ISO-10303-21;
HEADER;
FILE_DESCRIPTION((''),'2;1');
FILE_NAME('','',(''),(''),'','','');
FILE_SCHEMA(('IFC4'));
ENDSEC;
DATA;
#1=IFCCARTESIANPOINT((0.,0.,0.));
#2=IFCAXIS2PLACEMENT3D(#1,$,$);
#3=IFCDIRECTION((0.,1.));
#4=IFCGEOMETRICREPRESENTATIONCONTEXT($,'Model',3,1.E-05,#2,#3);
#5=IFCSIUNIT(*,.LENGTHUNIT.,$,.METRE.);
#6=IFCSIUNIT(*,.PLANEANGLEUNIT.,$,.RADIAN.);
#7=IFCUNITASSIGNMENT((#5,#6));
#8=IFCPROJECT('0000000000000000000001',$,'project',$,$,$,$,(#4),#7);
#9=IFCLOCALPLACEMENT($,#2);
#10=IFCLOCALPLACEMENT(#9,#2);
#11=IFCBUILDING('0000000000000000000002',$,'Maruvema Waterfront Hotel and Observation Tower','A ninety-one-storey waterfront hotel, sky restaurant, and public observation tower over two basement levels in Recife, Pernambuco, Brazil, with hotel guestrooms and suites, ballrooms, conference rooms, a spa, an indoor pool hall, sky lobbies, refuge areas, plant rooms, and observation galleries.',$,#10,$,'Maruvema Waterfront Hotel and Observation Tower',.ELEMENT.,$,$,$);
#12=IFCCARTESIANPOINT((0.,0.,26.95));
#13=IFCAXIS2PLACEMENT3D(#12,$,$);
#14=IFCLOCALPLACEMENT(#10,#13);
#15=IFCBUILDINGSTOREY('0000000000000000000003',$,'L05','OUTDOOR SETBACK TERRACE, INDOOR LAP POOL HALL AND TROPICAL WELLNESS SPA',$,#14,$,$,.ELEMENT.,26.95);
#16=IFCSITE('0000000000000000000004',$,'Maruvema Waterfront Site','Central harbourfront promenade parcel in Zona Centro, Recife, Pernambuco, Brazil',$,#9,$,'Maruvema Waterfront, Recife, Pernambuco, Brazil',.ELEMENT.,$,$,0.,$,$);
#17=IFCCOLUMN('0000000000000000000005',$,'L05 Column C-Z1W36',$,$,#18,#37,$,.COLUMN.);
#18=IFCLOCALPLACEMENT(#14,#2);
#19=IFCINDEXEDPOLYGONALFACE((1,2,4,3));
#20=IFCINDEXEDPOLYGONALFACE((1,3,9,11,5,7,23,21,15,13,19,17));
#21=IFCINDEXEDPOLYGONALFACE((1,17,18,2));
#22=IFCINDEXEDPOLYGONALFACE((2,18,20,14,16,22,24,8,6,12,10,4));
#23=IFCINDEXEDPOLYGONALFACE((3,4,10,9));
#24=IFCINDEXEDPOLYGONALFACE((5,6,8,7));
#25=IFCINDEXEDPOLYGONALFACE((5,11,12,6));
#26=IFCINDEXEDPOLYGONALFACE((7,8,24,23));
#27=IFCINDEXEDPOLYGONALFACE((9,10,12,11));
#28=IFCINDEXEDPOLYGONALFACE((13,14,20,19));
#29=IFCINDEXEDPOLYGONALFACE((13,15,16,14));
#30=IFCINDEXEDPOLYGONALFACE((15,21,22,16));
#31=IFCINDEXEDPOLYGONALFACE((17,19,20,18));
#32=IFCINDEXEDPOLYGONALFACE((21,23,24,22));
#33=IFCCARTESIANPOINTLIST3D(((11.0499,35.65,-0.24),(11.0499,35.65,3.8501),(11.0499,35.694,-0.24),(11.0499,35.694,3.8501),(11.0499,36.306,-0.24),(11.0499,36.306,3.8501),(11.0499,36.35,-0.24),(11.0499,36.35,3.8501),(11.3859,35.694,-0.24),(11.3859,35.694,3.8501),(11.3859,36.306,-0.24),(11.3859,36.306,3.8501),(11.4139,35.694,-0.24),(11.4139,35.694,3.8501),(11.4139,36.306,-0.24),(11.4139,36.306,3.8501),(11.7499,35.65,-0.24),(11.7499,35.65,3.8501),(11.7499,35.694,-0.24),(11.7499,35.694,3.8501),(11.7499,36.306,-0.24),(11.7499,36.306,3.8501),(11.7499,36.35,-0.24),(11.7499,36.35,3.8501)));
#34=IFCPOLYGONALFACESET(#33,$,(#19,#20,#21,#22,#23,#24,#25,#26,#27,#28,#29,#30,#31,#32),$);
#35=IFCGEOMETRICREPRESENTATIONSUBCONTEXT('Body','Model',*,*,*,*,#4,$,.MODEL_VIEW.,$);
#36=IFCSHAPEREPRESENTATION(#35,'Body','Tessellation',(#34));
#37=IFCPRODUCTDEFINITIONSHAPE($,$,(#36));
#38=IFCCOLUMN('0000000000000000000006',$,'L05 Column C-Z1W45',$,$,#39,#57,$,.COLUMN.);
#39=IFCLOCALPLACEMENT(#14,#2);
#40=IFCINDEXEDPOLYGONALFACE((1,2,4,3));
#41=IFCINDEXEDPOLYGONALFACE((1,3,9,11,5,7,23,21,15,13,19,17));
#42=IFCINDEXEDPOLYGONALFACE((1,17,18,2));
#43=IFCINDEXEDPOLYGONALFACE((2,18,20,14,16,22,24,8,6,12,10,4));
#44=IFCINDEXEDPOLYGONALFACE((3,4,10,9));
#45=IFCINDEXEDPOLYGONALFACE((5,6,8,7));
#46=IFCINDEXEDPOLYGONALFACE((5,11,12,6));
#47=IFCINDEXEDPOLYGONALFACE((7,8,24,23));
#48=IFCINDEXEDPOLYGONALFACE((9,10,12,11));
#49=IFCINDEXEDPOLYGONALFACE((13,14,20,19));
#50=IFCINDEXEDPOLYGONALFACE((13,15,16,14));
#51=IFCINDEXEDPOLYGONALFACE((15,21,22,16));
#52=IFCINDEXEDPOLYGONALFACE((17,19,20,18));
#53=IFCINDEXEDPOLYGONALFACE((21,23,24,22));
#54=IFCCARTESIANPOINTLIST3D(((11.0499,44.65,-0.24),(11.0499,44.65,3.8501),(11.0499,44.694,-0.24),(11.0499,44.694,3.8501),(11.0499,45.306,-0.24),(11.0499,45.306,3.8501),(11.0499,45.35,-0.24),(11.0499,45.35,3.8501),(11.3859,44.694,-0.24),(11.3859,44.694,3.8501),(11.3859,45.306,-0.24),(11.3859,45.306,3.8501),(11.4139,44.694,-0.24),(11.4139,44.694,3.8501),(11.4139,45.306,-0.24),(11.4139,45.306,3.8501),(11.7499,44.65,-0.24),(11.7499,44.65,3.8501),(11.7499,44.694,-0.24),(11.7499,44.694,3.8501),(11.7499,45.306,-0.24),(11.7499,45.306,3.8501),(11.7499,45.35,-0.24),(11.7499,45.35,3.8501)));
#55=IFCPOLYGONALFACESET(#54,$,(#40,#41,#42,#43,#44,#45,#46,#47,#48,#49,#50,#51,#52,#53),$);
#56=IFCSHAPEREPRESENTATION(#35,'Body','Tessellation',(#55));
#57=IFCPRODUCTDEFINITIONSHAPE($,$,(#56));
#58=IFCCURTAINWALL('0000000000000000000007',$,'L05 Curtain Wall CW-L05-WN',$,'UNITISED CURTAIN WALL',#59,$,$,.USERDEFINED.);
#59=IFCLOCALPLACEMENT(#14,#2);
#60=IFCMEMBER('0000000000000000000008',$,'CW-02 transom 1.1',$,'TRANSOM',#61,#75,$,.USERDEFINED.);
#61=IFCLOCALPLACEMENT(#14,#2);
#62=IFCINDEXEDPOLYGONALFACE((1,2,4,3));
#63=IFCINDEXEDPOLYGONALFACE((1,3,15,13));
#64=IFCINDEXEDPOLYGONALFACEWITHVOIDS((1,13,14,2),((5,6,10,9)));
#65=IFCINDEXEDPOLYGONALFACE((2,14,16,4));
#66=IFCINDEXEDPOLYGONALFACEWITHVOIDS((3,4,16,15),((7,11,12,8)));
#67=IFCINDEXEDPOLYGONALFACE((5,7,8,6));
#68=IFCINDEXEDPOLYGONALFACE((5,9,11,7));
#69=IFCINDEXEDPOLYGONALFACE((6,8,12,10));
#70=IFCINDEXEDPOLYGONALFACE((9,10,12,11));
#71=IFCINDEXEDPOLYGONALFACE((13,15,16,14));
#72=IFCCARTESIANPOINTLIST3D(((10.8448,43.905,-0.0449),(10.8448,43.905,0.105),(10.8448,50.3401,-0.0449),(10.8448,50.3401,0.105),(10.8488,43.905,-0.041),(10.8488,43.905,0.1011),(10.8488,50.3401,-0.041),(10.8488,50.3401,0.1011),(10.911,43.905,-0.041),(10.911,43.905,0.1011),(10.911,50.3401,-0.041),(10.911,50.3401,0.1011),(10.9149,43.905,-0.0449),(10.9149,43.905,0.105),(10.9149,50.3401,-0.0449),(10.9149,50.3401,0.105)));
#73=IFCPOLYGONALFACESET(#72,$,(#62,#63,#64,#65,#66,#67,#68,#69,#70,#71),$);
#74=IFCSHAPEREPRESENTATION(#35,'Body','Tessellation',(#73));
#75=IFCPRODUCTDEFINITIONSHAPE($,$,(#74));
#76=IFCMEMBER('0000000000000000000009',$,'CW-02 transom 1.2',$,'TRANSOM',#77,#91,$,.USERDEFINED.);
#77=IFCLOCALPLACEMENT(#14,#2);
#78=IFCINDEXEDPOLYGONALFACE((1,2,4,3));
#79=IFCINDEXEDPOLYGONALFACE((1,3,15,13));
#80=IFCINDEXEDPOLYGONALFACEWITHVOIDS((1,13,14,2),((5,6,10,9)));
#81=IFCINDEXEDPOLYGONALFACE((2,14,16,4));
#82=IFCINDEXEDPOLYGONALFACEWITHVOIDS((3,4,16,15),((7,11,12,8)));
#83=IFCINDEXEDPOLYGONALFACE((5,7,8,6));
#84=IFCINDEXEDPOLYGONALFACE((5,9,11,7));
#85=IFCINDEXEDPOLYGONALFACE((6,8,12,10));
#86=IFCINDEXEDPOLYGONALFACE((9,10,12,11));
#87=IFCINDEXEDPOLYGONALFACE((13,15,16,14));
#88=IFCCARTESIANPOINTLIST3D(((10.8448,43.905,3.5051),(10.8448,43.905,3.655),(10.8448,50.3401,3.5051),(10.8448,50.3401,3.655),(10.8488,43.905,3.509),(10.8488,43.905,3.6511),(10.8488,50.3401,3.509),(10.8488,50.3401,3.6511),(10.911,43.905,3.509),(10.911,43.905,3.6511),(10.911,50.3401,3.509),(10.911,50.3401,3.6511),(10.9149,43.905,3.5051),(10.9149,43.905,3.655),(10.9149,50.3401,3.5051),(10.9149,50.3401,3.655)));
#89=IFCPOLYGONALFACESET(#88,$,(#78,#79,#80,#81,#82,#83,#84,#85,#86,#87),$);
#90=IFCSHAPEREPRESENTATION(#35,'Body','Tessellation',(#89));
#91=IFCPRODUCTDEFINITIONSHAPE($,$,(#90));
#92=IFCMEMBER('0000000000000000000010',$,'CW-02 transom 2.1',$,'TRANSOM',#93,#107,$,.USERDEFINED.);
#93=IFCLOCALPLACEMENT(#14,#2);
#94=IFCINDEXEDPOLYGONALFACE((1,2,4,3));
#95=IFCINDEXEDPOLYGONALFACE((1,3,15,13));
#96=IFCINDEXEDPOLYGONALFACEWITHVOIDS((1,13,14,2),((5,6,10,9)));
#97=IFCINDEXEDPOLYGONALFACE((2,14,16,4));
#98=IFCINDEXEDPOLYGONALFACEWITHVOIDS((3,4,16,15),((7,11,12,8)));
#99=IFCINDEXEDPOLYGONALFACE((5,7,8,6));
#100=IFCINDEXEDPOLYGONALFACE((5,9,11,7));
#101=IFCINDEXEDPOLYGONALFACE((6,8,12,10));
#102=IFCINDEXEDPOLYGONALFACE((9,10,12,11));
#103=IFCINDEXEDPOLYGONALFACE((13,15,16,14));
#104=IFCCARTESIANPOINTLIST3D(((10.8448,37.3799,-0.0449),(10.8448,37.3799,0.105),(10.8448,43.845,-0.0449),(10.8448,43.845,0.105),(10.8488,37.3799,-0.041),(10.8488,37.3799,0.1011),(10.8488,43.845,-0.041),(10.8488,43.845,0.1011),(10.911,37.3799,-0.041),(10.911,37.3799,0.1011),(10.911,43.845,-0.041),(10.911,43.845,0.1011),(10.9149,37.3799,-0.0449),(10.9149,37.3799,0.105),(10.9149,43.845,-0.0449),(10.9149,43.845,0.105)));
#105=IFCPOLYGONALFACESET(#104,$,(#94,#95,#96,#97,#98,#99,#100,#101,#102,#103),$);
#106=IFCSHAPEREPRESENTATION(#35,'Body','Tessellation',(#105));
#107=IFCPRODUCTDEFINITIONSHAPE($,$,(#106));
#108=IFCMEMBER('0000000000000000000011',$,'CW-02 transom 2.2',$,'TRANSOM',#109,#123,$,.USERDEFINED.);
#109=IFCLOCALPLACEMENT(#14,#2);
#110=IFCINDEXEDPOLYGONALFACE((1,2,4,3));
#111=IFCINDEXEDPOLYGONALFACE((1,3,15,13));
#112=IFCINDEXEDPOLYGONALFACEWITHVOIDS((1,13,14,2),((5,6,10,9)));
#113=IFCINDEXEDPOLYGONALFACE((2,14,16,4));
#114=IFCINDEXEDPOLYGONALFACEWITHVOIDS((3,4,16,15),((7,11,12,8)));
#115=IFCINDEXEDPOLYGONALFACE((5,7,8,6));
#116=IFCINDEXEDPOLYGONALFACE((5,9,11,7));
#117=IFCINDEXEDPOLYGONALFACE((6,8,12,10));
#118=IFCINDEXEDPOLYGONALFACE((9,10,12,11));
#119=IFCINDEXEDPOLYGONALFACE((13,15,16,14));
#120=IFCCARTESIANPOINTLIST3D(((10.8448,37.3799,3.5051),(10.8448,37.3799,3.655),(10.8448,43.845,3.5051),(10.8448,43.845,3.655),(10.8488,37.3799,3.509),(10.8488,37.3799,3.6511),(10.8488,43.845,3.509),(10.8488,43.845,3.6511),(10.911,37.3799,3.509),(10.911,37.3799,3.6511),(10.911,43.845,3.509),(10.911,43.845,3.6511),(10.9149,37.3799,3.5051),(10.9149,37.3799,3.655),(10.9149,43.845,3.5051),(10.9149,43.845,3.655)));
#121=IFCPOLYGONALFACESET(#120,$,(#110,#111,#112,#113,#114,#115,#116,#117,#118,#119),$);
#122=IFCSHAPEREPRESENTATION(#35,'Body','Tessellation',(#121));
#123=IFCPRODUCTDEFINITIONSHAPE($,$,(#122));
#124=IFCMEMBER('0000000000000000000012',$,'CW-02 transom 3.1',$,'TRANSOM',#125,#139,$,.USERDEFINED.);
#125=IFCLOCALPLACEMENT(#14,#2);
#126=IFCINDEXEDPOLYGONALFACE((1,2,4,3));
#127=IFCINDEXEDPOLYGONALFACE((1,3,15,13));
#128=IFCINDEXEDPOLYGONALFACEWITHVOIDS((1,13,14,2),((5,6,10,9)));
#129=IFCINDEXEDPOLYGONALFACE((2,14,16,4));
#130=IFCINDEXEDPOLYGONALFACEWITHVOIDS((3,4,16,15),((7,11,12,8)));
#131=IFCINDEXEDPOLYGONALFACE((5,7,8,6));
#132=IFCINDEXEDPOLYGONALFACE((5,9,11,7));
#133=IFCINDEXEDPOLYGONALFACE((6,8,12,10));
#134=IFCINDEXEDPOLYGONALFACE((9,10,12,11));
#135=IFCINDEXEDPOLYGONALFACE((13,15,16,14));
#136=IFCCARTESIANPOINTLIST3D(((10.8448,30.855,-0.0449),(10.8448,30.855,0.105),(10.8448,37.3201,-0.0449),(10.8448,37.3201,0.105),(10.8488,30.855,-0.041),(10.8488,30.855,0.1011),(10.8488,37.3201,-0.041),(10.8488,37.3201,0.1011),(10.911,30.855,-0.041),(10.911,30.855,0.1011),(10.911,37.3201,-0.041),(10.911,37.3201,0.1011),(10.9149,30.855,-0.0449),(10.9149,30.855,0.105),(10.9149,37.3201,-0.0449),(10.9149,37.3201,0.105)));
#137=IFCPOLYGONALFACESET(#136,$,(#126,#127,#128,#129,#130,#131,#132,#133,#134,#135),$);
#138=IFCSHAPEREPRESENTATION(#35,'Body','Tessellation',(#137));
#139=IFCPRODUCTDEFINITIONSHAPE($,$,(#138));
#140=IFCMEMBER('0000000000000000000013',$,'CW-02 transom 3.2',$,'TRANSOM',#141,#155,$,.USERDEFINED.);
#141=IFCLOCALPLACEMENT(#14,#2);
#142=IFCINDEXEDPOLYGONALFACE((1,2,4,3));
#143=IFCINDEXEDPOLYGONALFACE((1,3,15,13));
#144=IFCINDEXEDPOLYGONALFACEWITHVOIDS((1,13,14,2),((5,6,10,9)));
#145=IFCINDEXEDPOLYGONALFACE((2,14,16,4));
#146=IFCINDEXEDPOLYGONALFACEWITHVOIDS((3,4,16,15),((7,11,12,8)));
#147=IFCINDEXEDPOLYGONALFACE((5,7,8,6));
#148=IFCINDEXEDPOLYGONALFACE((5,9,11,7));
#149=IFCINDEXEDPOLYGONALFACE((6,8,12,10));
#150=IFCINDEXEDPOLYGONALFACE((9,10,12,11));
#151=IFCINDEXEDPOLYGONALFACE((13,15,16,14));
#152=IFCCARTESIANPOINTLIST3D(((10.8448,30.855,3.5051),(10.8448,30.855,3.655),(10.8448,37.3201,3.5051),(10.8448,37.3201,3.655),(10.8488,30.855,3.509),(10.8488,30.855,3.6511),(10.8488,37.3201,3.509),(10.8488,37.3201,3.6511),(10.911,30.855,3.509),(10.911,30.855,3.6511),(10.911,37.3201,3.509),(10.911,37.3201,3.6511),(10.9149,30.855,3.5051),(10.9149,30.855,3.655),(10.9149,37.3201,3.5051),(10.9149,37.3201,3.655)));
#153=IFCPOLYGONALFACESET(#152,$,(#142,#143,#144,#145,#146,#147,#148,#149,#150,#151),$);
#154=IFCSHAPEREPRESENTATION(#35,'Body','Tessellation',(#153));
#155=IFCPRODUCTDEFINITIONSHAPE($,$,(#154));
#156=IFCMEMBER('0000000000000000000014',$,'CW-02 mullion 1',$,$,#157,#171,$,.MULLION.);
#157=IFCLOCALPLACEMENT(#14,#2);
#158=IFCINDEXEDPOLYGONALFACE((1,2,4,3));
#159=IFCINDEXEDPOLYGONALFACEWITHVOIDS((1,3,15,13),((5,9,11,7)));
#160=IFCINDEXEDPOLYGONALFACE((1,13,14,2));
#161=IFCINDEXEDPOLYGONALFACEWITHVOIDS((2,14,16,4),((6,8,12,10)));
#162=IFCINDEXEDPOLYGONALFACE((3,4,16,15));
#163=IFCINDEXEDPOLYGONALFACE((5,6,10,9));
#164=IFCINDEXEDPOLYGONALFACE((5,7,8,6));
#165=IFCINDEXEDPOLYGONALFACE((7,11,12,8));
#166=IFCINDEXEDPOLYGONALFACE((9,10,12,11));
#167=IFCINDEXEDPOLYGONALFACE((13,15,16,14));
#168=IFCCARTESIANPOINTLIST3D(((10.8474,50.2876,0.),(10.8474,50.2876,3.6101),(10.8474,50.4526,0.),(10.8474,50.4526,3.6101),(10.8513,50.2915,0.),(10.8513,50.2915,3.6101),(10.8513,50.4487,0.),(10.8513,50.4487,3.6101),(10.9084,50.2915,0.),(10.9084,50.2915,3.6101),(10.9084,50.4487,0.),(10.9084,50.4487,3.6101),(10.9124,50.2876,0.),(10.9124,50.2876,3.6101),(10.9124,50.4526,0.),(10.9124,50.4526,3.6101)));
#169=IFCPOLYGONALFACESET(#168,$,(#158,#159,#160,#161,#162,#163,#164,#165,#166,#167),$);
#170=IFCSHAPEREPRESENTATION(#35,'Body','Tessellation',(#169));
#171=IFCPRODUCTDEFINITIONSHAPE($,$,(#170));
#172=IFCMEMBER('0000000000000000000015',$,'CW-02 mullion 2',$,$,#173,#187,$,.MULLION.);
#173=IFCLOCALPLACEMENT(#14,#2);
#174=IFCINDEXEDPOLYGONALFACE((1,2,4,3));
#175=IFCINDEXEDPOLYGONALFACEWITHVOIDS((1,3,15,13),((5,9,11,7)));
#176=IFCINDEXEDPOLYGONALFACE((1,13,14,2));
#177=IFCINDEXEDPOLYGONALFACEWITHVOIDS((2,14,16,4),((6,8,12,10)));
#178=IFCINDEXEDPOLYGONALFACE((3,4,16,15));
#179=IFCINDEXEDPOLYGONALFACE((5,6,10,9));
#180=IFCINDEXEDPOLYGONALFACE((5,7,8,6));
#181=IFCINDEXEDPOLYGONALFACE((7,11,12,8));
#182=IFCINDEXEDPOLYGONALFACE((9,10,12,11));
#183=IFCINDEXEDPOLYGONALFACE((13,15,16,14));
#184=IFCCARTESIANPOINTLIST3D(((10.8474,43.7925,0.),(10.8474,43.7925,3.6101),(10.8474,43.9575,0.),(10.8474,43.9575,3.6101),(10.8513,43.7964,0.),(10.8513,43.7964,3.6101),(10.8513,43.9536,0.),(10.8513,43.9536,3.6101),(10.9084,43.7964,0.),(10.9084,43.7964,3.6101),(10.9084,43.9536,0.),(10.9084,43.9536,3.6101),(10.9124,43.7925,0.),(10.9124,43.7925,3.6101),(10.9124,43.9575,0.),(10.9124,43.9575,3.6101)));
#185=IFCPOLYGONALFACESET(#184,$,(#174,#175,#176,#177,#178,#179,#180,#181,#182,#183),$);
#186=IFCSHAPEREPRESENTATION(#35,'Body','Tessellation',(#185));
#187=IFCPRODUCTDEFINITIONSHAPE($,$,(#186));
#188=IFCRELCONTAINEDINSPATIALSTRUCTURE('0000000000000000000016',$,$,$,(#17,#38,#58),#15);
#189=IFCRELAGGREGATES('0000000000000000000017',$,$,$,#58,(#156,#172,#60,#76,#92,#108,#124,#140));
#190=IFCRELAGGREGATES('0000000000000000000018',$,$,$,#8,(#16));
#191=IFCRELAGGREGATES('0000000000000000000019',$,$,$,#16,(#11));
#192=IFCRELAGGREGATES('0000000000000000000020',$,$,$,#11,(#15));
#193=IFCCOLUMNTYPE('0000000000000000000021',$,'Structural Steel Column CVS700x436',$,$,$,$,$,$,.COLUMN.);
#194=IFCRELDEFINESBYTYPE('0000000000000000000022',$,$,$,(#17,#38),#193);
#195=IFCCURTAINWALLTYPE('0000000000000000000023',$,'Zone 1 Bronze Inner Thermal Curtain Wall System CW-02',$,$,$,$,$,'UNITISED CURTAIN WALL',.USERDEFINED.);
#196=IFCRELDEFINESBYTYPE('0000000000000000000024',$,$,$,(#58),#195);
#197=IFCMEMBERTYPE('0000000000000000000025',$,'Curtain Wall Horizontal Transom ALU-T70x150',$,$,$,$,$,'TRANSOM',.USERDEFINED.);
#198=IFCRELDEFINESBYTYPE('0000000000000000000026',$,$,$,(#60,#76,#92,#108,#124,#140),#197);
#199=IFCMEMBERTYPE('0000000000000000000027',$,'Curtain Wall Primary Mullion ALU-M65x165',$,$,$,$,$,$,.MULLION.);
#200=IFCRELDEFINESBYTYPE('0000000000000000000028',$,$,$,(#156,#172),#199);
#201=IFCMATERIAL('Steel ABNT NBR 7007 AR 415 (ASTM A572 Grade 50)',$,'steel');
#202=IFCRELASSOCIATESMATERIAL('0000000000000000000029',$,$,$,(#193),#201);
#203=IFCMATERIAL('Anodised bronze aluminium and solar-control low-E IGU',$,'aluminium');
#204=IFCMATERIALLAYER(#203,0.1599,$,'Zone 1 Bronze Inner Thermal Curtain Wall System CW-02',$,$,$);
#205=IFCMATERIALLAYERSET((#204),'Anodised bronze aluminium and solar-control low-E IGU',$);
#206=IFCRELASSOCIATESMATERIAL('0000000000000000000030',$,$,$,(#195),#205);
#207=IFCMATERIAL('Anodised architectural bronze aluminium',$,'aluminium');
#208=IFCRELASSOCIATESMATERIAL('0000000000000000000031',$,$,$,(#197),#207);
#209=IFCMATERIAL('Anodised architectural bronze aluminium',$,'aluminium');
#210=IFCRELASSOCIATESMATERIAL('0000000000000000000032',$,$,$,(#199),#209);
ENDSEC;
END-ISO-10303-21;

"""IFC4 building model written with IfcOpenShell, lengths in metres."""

from ifc_helpers import new_model, si_unit, direction, frame, origin, origin_2d, place, context, subcontext, project, spatial, hollow_rectangle, i_section, extrude, material, layer, layer_set, material_profile, profile_set, type_object, element, aggregate, save


model = new_model("IFC4")

# Units and contexts
model_context = context("Model", 3, precision=1e-05, world=origin(), true_north=direction((0.0, 1.0)))
body_context = subcontext(model_context, "Body", "Model", "MODEL_VIEW")
ifc_project = project(units=[si_unit("LENGTHUNIT", "METRE"), si_unit("PLANEANGLEUNIT", "RADIAN")], contexts=[model_context])

# Site, building, storey
site_placement = place(None, origin())
site = spatial("IfcSite", under=ifc_project, at=site_placement, Name="Maruvema Waterfront Site", Description="Central harbourfront promenade parcel in Zona Centro, Recife, Pernambuco, Brazil", LongName="Maruvema Waterfront, Recife, Pernambuco, Brazil", CompositionType="ELEMENT", RefElevation=0.0)
building_placement = place(site_placement, origin())
building = spatial("IfcBuilding", under=site, at=building_placement, Name="Maruvema Waterfront Hotel and Observation Tower", Description="A ninety-one-storey waterfront hotel, sky restaurant, and public observation tower over two basement levels in Recife, Pernambuco, Brazil, with hotel guestrooms and suites, ballrooms, conference rooms, a spa, an indoor pool hall, sky lobbies, refuge areas, plant rooms, and observation galleries.", LongName="Maruvema Waterfront Hotel and Observation Tower", CompositionType="ELEMENT")
storey_placement = place(building_placement, frame((0.0, 0.0, 26.95)))
storey = spatial("IfcBuildingStorey", under=building, at=storey_placement, Name="L05", Description="OUTDOOR SETBACK TERRACE, INDOOR LAP POOL HALL AND TROPICAL WELLNESS SPA", CompositionType="ELEMENT", Elevation=26.95)

# Columns
ifc_material_1 = material(Name="Steel ABNT NBR 7007 AR 415 (ASTM A572 Grade 50)", Category="steel")
ifc_material_profile_1 = material_profile(ifc_material_1, i_section(OverallWidth=0.7, OverallDepth=0.7, WebThickness=0.0281, FlangeThickness=0.0439, at=origin_2d()), Name="CVS700x436")
ifc_profile_set_1 = profile_set([ifc_material_profile_1], Name="Steel ABNT NBR 7007 AR 415 (ASTM A572 Grade 50)")
column_type = type_object("IfcColumnType", Name="Structural Steel Column CVS700x436", PredefinedType="COLUMN", material=ifc_profile_set_1)
for number, where, z_axis, x_axis, name in (
    (1, (11.3999, 36.0, -0.24), (0.0, 0.0, 1.0), (1.0, 0.0, 0.0), "L05 Column C-Z1W36"),
    (2, (11.3999, 45.0, -0.24), (0.0, 0.0, 1.0), (1.0, 0.0, 0.0), "L05 Column C-Z1W45"),
):
    element("IfcColumn", number, at=place(storey_placement, frame(where, z_axis=z_axis, x_axis=x_axis)), inside=storey, type_object=column_type, Name=name, PredefinedType="COLUMN", context=body_context, shape_type="SweptSolid", body=[
        extrude(i_section(OverallWidth=0.7, OverallDepth=0.7, WebThickness=0.0281, FlangeThickness=0.0439, at=origin_2d()), origin(), (0.0, 0.0, 1.0), 4.0901),
    ])

# Curtain wall, members
ifc_material_2 = material(Name="Anodised bronze aluminium and solar-control low-E IGU", Category="aluminium")
ifc_layer_1 = layer(ifc_material_2, 0.1599, Name="Zone 1 Bronze Inner Thermal Curtain Wall System CW-02")
ifc_layer_set_1 = layer_set([ifc_layer_1], Name="Anodised bronze aluminium and solar-control low-E IGU")
curtain_wall_type = type_object("IfcCurtainWallType", Name="Zone 1 Bronze Inner Thermal Curtain Wall System CW-02", ElementType="UNITISED CURTAIN WALL", PredefinedType="USERDEFINED", material=ifc_layer_set_1)
curtain_wall_placement = place(storey_placement, origin())
curtain_wall = element("IfcCurtainWall", 3, at=curtain_wall_placement, inside=storey, type_object=curtain_wall_type, Name="L05 Curtain Wall CW-L05-WN", ObjectType="UNITISED CURTAIN WALL", PredefinedType="USERDEFINED")
ifc_material_3 = material(Name="Anodised architectural bronze aluminium", Category="aluminium")
ifc_material_profile_2 = material_profile(ifc_material_3, hollow_rectangle(XDim=0.0701, YDim=0.1499, WallThickness=0.0039, at=origin_2d()), Name="ALU-T70x150")
ifc_profile_set_2 = profile_set([ifc_material_profile_2], Name="Anodised architectural bronze aluminium")
member_type_1 = type_object("IfcMemberType", Name="Curtain Wall Horizontal Transom ALU-T70x150", ElementType="TRANSOM", PredefinedType="USERDEFINED", material=ifc_profile_set_2)
member_1_placement = place(storey_placement, frame((10.8799, 50.3401, 0.03), z_axis=(0.0, -1.0, 0.0), x_axis=(1.0, 0.0, 0.0)))
member_1 = element("IfcMember", 4, at=member_1_placement, type_object=member_type_1, Name="CW-02 transom 1.1", ObjectType="TRANSOM", PredefinedType="USERDEFINED", context=body_context, shape_type="SweptSolid", body=[
    extrude(hollow_rectangle(XDim=0.0701, YDim=0.1499, WallThickness=0.0039, at=origin_2d()), origin(), (0.0, 0.0, 1.0), 6.4351),
])
member_2_placement = place(storey_placement, frame((10.8799, 50.3401, 3.5801), z_axis=(0.0, -1.0, 0.0), x_axis=(1.0, 0.0, 0.0)))
member_2 = element("IfcMember", 5, at=member_2_placement, type_object=member_type_1, Name="CW-02 transom 1.2", ObjectType="TRANSOM", PredefinedType="USERDEFINED", context=body_context, shape_type="SweptSolid", body=[
    extrude(hollow_rectangle(XDim=0.0701, YDim=0.1499, WallThickness=0.0039, at=origin_2d()), origin(), (0.0, 0.0, 1.0), 6.4351),
])
member_3_placement = place(storey_placement, frame((10.8799, 43.845, 0.03), z_axis=(0.0, -1.0, 0.0), x_axis=(1.0, 0.0, 0.0)))
member_3 = element("IfcMember", 6, at=member_3_placement, type_object=member_type_1, Name="CW-02 transom 2.1", ObjectType="TRANSOM", PredefinedType="USERDEFINED", context=body_context, shape_type="SweptSolid", body=[
    extrude(hollow_rectangle(XDim=0.0701, YDim=0.1499, WallThickness=0.0039, at=origin_2d()), origin(), (0.0, 0.0, 1.0), 6.4651),
])
member_4_placement = place(storey_placement, frame((10.8799, 43.845, 3.5801), z_axis=(0.0, -1.0, 0.0), x_axis=(1.0, 0.0, 0.0)))
member_4 = element("IfcMember", 7, at=member_4_placement, type_object=member_type_1, Name="CW-02 transom 2.2", ObjectType="TRANSOM", PredefinedType="USERDEFINED", context=body_context, shape_type="SweptSolid", body=[
    extrude(hollow_rectangle(XDim=0.0701, YDim=0.1499, WallThickness=0.0039, at=origin_2d()), origin(), (0.0, 0.0, 1.0), 6.4651),
])
member_5_placement = place(storey_placement, frame((10.8799, 37.3201, 0.03), z_axis=(0.0, -1.0, 0.0), x_axis=(1.0, 0.0, 0.0)))
member_5 = element("IfcMember", 8, at=member_5_placement, type_object=member_type_1, Name="CW-02 transom 3.1", ObjectType="TRANSOM", PredefinedType="USERDEFINED", context=body_context, shape_type="SweptSolid", body=[
    extrude(hollow_rectangle(XDim=0.0701, YDim=0.1499, WallThickness=0.0039, at=origin_2d()), origin(), (0.0, 0.0, 1.0), 6.4651),
])
member_6_placement = place(storey_placement, frame((10.8799, 37.3201, 3.5801), z_axis=(0.0, -1.0, 0.0), x_axis=(1.0, 0.0, 0.0)))
member_6 = element("IfcMember", 9, at=member_6_placement, type_object=member_type_1, Name="CW-02 transom 3.2", ObjectType="TRANSOM", PredefinedType="USERDEFINED", context=body_context, shape_type="SweptSolid", body=[
    extrude(hollow_rectangle(XDim=0.0701, YDim=0.1499, WallThickness=0.0039, at=origin_2d()), origin(), (0.0, 0.0, 1.0), 6.4651),
])
ifc_material_4 = material(Name="Anodised architectural bronze aluminium", Category="aluminium")
ifc_material_profile_3 = material_profile(ifc_material_4, hollow_rectangle(XDim=0.0649, YDim=0.165, WallThickness=0.0039, at=origin_2d()), Name="ALU-M65x165")
ifc_profile_set_3 = profile_set([ifc_material_profile_3], Name="Anodised architectural bronze aluminium")
member_type_2 = type_object("IfcMemberType", Name="Curtain Wall Primary Mullion ALU-M65x165", PredefinedType="MULLION", material=ifc_profile_set_3)
member_7_placement = place(storey_placement, frame((10.8799, 50.3701, 0.0), z_axis=(0.0, 0.0, 1.0), x_axis=(1.0, 0.0, 0.0)))
member_7 = element("IfcMember", 10, at=member_7_placement, type_object=member_type_2, Name="CW-02 mullion 1", PredefinedType="MULLION", context=body_context, shape_type="SweptSolid", body=[
    extrude(hollow_rectangle(XDim=0.0649, YDim=0.165, WallThickness=0.0039, at=origin_2d()), origin(), (0.0, 0.0, 1.0), 3.6101),
])
member_8_placement = place(storey_placement, frame((10.8799, 43.875, 0.0), z_axis=(0.0, 0.0, 1.0), x_axis=(1.0, 0.0, 0.0)))
member_8 = element("IfcMember", 11, at=member_8_placement, type_object=member_type_2, Name="CW-02 mullion 2", PredefinedType="MULLION", context=body_context, shape_type="SweptSolid", body=[
    extrude(hollow_rectangle(XDim=0.0649, YDim=0.165, WallThickness=0.0039, at=origin_2d()), origin(), (0.0, 0.0, 1.0), 3.6101),
])
aggregate(curtain_wall, [member_7, member_8, member_1, member_2, member_3, member_4, member_5, member_6])

save(model, "model.ifc")
